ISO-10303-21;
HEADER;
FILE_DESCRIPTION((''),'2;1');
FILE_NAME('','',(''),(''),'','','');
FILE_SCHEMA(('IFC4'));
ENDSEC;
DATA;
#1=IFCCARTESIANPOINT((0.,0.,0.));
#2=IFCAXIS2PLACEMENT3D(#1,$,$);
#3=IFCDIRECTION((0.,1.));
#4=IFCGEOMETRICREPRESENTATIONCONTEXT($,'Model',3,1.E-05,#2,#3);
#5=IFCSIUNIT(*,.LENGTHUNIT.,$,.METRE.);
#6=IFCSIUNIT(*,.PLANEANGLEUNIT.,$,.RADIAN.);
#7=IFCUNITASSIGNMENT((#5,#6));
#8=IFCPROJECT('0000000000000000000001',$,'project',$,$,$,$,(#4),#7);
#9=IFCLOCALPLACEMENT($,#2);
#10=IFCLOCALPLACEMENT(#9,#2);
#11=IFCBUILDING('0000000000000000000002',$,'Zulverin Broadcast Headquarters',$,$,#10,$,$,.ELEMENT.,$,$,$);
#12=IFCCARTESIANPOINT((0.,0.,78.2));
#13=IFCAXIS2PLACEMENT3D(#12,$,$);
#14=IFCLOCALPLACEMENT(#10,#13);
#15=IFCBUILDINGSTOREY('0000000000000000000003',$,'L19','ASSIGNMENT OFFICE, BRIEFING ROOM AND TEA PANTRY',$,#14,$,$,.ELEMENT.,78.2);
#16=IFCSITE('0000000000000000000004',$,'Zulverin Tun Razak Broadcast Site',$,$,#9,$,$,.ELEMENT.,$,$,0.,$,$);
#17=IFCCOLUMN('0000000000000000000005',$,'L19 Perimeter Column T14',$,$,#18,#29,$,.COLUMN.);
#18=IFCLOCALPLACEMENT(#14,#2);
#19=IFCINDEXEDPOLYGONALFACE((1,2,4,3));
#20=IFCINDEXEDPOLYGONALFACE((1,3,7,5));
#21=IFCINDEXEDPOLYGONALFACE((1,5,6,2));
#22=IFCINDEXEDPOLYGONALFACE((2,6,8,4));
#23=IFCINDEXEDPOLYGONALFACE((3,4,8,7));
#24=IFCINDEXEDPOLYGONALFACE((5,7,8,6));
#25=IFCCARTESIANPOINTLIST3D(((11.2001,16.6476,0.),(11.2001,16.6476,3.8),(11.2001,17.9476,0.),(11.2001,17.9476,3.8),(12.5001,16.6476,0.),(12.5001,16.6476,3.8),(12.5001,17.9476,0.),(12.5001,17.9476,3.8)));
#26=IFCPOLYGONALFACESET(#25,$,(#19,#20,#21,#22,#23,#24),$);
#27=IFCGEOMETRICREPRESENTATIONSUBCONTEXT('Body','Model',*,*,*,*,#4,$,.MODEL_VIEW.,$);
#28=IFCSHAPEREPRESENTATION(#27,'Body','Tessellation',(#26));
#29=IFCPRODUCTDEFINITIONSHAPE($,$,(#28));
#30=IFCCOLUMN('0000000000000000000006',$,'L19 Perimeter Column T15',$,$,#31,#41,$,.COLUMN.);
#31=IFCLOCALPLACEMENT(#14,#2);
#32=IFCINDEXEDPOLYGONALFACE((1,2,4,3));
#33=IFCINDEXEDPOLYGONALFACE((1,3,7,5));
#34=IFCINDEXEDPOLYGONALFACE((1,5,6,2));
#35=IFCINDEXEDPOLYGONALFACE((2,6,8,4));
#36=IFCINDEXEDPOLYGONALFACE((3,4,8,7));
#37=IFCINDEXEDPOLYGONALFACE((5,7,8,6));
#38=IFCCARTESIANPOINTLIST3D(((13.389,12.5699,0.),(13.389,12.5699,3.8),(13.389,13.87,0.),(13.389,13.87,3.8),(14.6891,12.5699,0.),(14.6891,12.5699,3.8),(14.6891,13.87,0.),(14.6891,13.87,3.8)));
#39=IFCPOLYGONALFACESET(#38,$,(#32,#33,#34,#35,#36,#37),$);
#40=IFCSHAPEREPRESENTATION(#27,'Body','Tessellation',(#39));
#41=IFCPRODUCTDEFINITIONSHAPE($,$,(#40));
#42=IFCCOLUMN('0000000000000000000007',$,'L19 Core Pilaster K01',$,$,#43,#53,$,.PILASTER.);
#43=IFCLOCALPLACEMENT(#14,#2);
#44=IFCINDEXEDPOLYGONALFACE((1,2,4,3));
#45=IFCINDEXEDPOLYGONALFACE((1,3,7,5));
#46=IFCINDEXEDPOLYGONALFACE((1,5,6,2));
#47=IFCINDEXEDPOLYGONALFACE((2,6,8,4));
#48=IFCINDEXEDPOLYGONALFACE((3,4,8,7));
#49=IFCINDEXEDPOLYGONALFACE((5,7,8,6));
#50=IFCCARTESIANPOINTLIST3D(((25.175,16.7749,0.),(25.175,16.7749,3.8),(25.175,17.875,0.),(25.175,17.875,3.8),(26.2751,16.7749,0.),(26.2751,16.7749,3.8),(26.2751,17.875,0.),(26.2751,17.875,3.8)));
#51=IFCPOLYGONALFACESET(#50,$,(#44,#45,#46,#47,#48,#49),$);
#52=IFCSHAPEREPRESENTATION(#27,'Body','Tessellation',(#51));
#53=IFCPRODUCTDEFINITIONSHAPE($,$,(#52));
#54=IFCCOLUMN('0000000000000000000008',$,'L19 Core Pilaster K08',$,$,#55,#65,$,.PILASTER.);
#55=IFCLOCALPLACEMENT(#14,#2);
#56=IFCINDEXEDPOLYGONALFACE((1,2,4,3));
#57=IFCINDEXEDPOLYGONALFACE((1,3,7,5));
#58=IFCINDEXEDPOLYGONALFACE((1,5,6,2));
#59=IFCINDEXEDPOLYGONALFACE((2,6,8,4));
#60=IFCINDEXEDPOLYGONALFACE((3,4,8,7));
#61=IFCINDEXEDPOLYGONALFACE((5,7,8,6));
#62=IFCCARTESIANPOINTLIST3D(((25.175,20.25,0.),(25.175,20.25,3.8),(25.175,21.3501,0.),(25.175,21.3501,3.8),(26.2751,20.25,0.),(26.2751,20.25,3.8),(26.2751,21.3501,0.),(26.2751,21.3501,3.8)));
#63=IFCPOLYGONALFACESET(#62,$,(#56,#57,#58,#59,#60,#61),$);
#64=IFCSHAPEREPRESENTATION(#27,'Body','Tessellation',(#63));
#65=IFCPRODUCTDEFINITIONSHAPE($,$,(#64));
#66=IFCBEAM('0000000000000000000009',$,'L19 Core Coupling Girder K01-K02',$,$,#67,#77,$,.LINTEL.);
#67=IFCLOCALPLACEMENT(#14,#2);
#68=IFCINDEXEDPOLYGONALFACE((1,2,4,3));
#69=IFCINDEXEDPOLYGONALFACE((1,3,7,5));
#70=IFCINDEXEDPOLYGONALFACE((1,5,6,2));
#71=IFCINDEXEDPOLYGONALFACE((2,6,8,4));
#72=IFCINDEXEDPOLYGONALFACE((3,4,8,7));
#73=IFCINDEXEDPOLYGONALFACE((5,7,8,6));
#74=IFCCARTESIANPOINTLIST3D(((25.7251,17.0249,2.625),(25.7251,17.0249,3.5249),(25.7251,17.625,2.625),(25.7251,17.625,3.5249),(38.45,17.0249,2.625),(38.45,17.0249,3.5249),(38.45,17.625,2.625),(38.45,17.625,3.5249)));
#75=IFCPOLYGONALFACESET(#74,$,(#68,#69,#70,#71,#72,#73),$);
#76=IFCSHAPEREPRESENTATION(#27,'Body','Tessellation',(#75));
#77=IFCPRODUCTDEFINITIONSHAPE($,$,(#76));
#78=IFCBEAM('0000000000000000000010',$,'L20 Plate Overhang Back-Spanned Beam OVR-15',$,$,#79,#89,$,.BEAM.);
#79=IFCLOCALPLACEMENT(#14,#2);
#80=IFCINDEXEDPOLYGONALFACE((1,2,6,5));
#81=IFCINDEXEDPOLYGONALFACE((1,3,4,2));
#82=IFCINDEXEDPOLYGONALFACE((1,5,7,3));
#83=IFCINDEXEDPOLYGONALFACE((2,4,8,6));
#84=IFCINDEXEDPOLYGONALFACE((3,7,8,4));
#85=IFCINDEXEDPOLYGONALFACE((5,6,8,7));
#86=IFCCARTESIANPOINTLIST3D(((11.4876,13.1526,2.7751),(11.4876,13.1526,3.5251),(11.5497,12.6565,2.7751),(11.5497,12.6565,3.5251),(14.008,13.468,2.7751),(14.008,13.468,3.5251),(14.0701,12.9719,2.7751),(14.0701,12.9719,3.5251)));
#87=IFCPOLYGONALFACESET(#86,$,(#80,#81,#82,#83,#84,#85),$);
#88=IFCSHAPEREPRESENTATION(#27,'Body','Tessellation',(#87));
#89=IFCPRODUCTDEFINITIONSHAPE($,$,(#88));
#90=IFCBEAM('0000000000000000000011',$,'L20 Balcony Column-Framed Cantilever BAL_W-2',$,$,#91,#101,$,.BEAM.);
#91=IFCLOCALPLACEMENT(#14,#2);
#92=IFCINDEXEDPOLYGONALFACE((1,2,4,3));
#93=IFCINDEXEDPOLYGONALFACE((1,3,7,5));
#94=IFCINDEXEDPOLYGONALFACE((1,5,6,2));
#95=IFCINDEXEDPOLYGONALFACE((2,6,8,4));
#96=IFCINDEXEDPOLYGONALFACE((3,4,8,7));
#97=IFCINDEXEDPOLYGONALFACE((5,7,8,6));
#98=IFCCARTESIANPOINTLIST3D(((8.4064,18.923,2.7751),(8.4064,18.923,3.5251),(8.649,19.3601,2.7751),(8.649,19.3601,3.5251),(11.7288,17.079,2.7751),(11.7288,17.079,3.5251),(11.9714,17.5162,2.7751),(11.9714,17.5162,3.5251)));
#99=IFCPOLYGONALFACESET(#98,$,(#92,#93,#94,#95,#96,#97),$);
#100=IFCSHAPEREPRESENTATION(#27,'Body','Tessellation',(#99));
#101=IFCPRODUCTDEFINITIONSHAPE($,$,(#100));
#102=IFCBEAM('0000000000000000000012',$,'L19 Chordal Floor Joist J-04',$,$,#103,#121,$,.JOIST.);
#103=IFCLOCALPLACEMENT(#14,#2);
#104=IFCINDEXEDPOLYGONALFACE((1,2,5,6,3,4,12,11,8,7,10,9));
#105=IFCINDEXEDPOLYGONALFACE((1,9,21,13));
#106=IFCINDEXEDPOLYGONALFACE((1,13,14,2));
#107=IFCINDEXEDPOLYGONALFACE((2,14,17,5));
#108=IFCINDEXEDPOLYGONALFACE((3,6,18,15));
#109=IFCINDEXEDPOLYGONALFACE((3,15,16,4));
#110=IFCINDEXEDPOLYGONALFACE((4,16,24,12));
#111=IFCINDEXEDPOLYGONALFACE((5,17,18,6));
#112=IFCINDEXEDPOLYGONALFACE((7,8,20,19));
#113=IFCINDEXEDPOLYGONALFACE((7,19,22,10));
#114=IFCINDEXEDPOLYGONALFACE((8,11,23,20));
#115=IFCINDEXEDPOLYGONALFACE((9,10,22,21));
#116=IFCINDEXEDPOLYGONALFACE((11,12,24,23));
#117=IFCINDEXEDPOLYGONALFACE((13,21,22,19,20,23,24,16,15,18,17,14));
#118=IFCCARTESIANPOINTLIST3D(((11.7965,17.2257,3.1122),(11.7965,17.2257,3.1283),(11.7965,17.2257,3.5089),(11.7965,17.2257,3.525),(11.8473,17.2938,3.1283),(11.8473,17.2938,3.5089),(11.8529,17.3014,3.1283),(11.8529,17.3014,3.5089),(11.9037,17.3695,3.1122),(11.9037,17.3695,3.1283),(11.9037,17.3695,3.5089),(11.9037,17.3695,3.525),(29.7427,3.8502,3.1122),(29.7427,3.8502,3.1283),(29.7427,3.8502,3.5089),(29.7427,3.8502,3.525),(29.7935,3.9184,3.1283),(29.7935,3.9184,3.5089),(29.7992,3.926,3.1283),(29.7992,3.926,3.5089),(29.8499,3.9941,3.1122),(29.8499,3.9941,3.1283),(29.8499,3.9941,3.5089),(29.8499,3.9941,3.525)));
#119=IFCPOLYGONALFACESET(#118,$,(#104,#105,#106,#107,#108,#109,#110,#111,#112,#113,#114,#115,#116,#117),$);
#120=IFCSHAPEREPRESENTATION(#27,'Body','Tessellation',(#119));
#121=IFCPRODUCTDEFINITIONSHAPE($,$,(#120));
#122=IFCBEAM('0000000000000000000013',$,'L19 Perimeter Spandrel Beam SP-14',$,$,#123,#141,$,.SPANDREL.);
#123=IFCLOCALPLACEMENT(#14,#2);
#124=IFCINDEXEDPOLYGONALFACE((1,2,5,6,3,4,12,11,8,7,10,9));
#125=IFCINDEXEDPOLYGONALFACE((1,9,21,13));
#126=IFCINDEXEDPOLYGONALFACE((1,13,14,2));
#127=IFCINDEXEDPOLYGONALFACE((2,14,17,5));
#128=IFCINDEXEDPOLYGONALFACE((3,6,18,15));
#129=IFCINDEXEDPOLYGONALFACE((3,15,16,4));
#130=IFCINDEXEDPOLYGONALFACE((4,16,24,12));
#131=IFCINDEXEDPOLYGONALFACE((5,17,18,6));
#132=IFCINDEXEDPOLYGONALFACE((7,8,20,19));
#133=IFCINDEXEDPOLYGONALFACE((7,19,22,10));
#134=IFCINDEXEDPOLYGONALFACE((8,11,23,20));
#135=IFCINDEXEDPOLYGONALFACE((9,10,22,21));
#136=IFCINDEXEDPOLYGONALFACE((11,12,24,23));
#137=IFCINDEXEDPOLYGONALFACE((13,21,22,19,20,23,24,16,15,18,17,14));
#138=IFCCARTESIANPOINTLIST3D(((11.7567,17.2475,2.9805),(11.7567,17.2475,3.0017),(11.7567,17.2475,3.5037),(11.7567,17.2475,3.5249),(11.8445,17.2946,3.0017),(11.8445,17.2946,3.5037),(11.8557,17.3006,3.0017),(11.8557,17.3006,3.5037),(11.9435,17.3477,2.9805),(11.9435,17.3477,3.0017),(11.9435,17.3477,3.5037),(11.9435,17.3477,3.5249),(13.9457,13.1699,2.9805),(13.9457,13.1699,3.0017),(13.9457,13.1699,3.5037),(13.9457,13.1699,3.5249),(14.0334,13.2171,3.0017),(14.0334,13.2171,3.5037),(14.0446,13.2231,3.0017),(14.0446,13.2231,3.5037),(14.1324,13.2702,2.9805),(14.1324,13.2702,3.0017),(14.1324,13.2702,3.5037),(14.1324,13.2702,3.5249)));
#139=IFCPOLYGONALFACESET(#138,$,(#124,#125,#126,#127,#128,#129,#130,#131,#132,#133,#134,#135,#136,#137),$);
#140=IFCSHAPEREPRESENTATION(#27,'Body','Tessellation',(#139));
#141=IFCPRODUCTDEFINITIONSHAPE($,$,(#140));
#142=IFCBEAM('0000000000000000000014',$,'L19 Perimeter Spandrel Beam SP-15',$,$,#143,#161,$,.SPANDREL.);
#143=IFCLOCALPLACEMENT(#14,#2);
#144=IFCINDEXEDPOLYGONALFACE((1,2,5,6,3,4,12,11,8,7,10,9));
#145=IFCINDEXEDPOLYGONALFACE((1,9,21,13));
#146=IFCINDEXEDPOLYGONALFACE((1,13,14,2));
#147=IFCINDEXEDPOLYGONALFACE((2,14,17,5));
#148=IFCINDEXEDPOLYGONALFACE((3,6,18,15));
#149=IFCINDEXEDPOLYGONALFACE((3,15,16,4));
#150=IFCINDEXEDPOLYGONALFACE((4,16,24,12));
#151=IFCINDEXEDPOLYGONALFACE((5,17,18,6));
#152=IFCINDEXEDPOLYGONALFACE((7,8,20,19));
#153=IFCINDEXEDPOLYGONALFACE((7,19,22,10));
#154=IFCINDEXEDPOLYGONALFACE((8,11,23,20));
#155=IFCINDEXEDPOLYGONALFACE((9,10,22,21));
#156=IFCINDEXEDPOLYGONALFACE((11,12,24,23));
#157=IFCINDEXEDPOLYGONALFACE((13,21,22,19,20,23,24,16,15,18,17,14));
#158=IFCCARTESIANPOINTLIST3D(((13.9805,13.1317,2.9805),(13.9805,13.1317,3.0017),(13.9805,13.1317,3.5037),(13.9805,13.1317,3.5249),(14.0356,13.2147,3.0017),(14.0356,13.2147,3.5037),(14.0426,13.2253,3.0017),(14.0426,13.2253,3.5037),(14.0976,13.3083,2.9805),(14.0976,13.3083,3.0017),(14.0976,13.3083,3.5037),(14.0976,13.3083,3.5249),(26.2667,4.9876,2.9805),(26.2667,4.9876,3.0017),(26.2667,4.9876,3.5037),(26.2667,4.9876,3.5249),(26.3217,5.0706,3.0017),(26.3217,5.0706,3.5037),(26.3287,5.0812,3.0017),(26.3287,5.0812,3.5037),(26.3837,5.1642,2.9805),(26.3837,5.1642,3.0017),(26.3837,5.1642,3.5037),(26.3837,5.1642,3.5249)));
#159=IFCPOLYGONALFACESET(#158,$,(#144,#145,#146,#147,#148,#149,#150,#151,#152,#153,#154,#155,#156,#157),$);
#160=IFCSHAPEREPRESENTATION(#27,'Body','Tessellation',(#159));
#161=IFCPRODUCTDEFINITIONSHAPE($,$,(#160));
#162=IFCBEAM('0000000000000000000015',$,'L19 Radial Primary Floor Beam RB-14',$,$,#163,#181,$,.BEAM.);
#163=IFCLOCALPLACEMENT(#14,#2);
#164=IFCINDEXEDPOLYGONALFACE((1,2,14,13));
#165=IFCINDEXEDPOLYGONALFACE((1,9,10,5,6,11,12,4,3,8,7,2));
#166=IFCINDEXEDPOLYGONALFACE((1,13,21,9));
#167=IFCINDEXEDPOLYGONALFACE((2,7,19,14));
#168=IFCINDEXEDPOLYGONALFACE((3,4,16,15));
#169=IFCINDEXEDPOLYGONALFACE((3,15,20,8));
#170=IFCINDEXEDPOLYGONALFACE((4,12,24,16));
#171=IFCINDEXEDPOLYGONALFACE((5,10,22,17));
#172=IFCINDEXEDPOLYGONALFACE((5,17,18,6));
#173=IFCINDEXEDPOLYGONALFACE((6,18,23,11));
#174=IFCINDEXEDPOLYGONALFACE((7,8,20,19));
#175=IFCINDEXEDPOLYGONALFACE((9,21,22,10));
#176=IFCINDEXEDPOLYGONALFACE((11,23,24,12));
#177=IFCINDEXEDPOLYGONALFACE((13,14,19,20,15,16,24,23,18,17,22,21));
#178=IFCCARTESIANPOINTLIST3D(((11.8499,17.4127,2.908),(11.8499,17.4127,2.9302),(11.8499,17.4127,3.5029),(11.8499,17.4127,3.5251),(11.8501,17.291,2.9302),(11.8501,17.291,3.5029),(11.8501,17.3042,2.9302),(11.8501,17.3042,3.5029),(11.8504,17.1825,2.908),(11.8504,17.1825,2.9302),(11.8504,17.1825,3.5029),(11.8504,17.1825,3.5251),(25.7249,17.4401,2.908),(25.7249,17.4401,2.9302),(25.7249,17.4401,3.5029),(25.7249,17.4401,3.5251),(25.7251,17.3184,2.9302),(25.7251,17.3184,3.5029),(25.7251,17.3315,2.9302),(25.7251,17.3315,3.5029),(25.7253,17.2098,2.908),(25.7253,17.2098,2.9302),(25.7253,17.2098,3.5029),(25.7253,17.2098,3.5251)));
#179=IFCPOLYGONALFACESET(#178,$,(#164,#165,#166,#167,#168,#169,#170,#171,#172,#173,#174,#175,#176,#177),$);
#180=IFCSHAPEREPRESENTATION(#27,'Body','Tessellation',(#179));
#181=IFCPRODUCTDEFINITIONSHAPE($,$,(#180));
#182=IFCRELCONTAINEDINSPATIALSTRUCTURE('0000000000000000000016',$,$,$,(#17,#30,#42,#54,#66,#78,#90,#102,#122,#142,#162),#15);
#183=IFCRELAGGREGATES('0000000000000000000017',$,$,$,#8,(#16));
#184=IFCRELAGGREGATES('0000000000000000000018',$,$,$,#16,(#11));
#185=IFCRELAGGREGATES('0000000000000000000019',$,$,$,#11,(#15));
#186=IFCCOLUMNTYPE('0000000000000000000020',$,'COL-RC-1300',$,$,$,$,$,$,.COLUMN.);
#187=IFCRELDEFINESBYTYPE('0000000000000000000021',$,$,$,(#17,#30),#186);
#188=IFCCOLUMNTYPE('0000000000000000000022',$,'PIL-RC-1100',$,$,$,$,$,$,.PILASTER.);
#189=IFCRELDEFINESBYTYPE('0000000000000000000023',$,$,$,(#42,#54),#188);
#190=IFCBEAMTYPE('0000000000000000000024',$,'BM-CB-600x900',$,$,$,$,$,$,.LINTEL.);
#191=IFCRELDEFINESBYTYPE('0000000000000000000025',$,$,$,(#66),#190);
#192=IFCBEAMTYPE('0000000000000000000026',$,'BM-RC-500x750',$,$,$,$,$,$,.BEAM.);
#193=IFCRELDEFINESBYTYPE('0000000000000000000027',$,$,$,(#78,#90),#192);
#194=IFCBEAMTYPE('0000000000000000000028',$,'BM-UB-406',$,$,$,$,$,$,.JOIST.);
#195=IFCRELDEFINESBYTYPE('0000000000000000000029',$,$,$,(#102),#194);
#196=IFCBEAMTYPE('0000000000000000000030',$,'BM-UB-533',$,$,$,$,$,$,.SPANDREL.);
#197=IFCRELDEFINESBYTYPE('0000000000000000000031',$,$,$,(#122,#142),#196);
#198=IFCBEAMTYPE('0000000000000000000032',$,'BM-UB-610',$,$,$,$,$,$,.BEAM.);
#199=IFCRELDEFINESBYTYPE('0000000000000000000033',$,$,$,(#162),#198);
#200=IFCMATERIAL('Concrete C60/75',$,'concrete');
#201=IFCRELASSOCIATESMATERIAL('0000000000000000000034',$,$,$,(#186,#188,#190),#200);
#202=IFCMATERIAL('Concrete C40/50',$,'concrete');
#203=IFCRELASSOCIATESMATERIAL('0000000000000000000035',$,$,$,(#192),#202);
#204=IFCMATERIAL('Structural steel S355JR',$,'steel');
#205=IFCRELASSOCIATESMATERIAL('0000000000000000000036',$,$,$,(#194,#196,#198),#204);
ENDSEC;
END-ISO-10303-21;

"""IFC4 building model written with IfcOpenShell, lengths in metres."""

from ifc_helpers import new_model, si_unit, direction, frame, origin, origin_2d, place, context, subcontext, project, spatial, rectangle, i_section, extrude, material, material_profile, profile_set, type_object, element, save


model = new_model("IFC4")

# Units and contexts
model_context = context("Model", 3, precision=1e-05, world=origin(), true_north=direction((0.0, 1.0)))
body_context = subcontext(model_context, "Body", "Model", "MODEL_VIEW")
ifc_project = project(units=[si_unit("LENGTHUNIT", "METRE"), si_unit("PLANEANGLEUNIT", "RADIAN")], contexts=[model_context])

# Site, building, storey
site_placement = place(None, origin())
site = spatial("IfcSite", under=ifc_project, at=site_placement, Name="Zulverin Tun Razak Broadcast Site", CompositionType="ELEMENT", RefElevation=0.0)
building_placement = place(site_placement, origin())
building = spatial("IfcBuilding", under=site, at=building_placement, Name="Zulverin Broadcast Headquarters", CompositionType="ELEMENT")
storey_placement = place(building_placement, frame((0.0, 0.0, 78.2)))
storey = spatial("IfcBuildingStorey", under=building, at=storey_placement, Name="L19", Description="ASSIGNMENT OFFICE, BRIEFING ROOM AND TEA PANTRY", CompositionType="ELEMENT", Elevation=78.2)

# Columns
ifc_material_1 = material(Name="Concrete C60/75", Category="concrete")
ifc_material_profile_1 = material_profile(ifc_material_1, rectangle(XDim=1.3, YDim=1.3, at=origin_2d()), Name="Concrete C60/75", Category="concrete")
ifc_profile_set_1 = profile_set([ifc_material_profile_1], Name="Concrete C60/75")
column_type_1 = type_object("IfcColumnType", Name="COL-RC-1300", PredefinedType="COLUMN", material=ifc_profile_set_1)
for number, where, z_axis, x_axis, name in (
    (1, (11.8501, 17.2976, 0.0), (0.0, 0.0, 1.0), (1.0, 0.0, 0.0), "L19 Perimeter Column T14"),
    (2, (14.0391, 13.22, 0.0), (0.0, 0.0, 1.0), (1.0, 0.0, 0.0), "L19 Perimeter Column T15"),
):
    element("IfcColumn", number, at=place(storey_placement, frame(where, z_axis=z_axis, x_axis=x_axis)), inside=storey, type_object=column_type_1, Name=name, PredefinedType="COLUMN", context=body_context, shape_type="SweptSolid", body=[
        extrude(rectangle(XDim=1.3, YDim=1.3, at=origin_2d()), origin(), (0.0, 0.0, 1.0), 3.8),
    ])
ifc_material_profile_2 = material_profile(ifc_material_1, rectangle(XDim=1.1001, YDim=1.1001, at=origin_2d()), Name="Concrete C60/75", Category="concrete")
ifc_profile_set_2 = profile_set([ifc_material_profile_2], Name="Concrete C60/75")
column_type_2 = type_object("IfcColumnType", Name="PIL-RC-1100", PredefinedType="PILASTER", material=ifc_profile_set_2)
for number, where, z_axis, x_axis, name in (
    (3, (25.7251, 17.325, 0.0), (0.0, 0.0, 1.0), (1.0, 0.0, 0.0), "L19 Core Pilaster K01"),
    (4, (25.7251, 20.8, 0.0), (0.0, 0.0, 1.0), (1.0, 0.0, 0.0), "L19 Core Pilaster K08"),
):
    element("IfcColumn", number, at=place(storey_placement, frame(where, z_axis=z_axis, x_axis=x_axis)), inside=storey, type_object=column_type_2, Name=name, PredefinedType="PILASTER", context=body_context, shape_type="SweptSolid", body=[
        extrude(rectangle(XDim=1.1001, YDim=1.1001, at=origin_2d()), origin(), (0.0, 0.0, 1.0), 3.8),
    ])

# Beams
ifc_material_profile_3 = material_profile(ifc_material_1, rectangle(XDim=0.6001, YDim=0.8999, at=origin_2d()), Name="Concrete C60/75", Category="concrete")
ifc_profile_set_3 = profile_set([ifc_material_profile_3], Name="Concrete C60/75")
beam_type_1 = type_object("IfcBeamType", Name="BM-CB-600x900", PredefinedType="LINTEL", material=ifc_profile_set_3)
beam_1_placement = place(storey_placement, frame((25.7251, 17.325, 3.075), z_axis=(1.0, 0.0, 0.0), x_axis=(0.0, 1.0, 0.0)))
element("IfcBeam", 5, at=beam_1_placement, inside=storey, type_object=beam_type_1, Name="L19 Core Coupling Girder K01-K02", PredefinedType="LINTEL", context=body_context, shape_type="SweptSolid", body=[
    extrude(rectangle(XDim=0.6001, YDim=0.8999, at=origin_2d()), origin(), (0.0, 0.0, 1.0), 12.7249),
])
ifc_material_2 = material(Name="Concrete C40/50", Category="concrete")
ifc_material_profile_4 = material_profile(ifc_material_2, rectangle(XDim=0.5, YDim=0.75, at=origin_2d()), Name="Concrete C40/50", Category="concrete")
ifc_profile_set_4 = profile_set([ifc_material_profile_4], Name="Concrete C40/50")
beam_type_2 = type_object("IfcBeamType", Name="BM-RC-500x750", PredefinedType="BEAM", material=ifc_profile_set_4)
beam_2_placement = place(storey_placement, frame((14.0391, 13.22, 3.1501), z_axis=(-0.992259, -0.124189, 0.0), x_axis=(0.124189, -0.992259, 0.0)))
element("IfcBeam", 6, at=beam_2_placement, inside=storey, type_object=beam_type_2, Name="L20 Plate Overhang Back-Spanned Beam OVR-15", PredefinedType="BEAM", context=body_context, shape_type="SweptSolid", body=[
    extrude(rectangle(XDim=0.5, YDim=0.75, at=origin_2d()), origin(), (0.0, 0.0, 1.0), 2.54),
])
beam_3_placement = place(storey_placement, frame((11.8501, 17.2976, 3.1501), z_axis=(-0.874363, 0.485272, 0.0), x_axis=(-0.485272, -0.874363, 0.0)))
element("IfcBeam", 7, at=beam_3_placement, inside=storey, type_object=beam_type_2, Name="L20 Balcony Column-Framed Cantilever BAL_W-2", PredefinedType="BEAM", context=body_context, shape_type="SweptSolid", body=[
    extrude(rectangle(XDim=0.5, YDim=0.75, at=origin_2d()), origin(), (0.0, 0.0, 1.0), 3.7998),
])
ifc_material_3 = material(Name="Structural steel S355JR", Category="steel")
ifc_material_profile_5 = material_profile(ifc_material_3, i_section(OverallWidth=0.1794, OverallDepth=0.4128, WebThickness=0.0095, FlangeThickness=0.0161, at=origin_2d()), Name="Structural steel S355JR", Category="steel")
ifc_profile_set_5 = profile_set([ifc_material_profile_5], Name="Structural steel S355JR")
beam_type_3 = type_object("IfcBeamType", Name="BM-UB-406", PredefinedType="JOIST", material=ifc_profile_set_5)
beam_4_placement = place(storey_placement, frame((11.8501, 17.2976, 3.3186), z_axis=(0.801803, -0.597589, 0.0), x_axis=(0.597589, 0.801803, 0.0)))
element("IfcBeam", 8, at=beam_4_placement, inside=storey, type_object=beam_type_3, Name="L19 Chordal Floor Joist J-04", PredefinedType="JOIST", context=body_context, shape_type="SweptSolid", body=[
    extrude(i_section(OverallWidth=0.1794, OverallDepth=0.4128, WebThickness=0.0095, FlangeThickness=0.0161, at=origin_2d()), origin(), (0.0, 0.0, 1.0), 22.3823),
])
ifc_material_profile_6 = material_profile(ifc_material_3, i_section(OverallWidth=0.2119, OverallDepth=0.5444, WebThickness=0.0127, FlangeThickness=0.0212, at=origin_2d()), Name="Structural steel S355JR", Category="steel")
ifc_profile_set_6 = profile_set([ifc_material_profile_6], Name="Structural steel S355JR")
beam_type_4 = type_object("IfcBeamType", Name="BM-UB-533", PredefinedType="SPANDREL", material=ifc_profile_set_6)
beam_5_placement = place(storey_placement, frame((11.8501, 17.2976, 3.2527), z_axis=(0.47298, -0.881073, 0.0), x_axis=(0.881073, 0.47298, 0.0)))
element("IfcBeam", 9, at=beam_5_placement, inside=storey, type_object=beam_type_4, Name="L19 Perimeter Spandrel Beam SP-14", PredefinedType="SPANDREL", context=body_context, shape_type="SweptSolid", body=[
    extrude(i_section(OverallWidth=0.2119, OverallDepth=0.5444, WebThickness=0.0127, FlangeThickness=0.0212, at=origin_2d()), origin(), (0.0, 0.0, 1.0), 4.6279),
])
beam_6_placement = place(storey_placement, frame((14.0391, 13.22, 3.2527), z_axis=(0.83351, -0.552504, 0.0), x_axis=(0.552504, 0.83351, 0.0)))
element("IfcBeam", 10, at=beam_6_placement, inside=storey, type_object=beam_type_4, Name="L19 Perimeter Spandrel Beam SP-15", PredefinedType="SPANDREL", context=body_context, shape_type="SweptSolid", body=[
    extrude(i_section(OverallWidth=0.2119, OverallDepth=0.5444, WebThickness=0.0127, FlangeThickness=0.0212, at=origin_2d()), origin(), (0.0, 0.0, 1.0), 14.7402),
])
ifc_material_profile_7 = material_profile(ifc_material_3, i_section(OverallWidth=0.2302, OverallDepth=0.6172, WebThickness=0.0132, FlangeThickness=0.0222, at=origin_2d()), Name="Structural steel S355JR", Category="steel")
ifc_profile_set_7 = profile_set([ifc_material_profile_7], Name="Structural steel S355JR")
beam_type_5 = type_object("IfcBeamType", Name="BM-UB-610", PredefinedType="BEAM", material=ifc_profile_set_7)
beam_7_placement = place(storey_placement, frame((25.7251, 17.325, 3.2166), z_axis=(-0.999998, -0.001971, 0.0), x_axis=(0.001971, -0.999998, 0.0)))
element("IfcBeam", 11, at=beam_7_placement, inside=storey, type_object=beam_type_5, Name="L19 Radial Primary Floor Beam RB-14", PredefinedType="BEAM", context=body_context, shape_type="SweptSolid", body=[
    extrude(i_section(OverallWidth=0.2302, OverallDepth=0.6172, WebThickness=0.0132, FlangeThickness=0.0222, at=origin_2d()), origin(), (0.0, 0.0, 1.0), 13.875),
])

save(model, "model.ifc")
